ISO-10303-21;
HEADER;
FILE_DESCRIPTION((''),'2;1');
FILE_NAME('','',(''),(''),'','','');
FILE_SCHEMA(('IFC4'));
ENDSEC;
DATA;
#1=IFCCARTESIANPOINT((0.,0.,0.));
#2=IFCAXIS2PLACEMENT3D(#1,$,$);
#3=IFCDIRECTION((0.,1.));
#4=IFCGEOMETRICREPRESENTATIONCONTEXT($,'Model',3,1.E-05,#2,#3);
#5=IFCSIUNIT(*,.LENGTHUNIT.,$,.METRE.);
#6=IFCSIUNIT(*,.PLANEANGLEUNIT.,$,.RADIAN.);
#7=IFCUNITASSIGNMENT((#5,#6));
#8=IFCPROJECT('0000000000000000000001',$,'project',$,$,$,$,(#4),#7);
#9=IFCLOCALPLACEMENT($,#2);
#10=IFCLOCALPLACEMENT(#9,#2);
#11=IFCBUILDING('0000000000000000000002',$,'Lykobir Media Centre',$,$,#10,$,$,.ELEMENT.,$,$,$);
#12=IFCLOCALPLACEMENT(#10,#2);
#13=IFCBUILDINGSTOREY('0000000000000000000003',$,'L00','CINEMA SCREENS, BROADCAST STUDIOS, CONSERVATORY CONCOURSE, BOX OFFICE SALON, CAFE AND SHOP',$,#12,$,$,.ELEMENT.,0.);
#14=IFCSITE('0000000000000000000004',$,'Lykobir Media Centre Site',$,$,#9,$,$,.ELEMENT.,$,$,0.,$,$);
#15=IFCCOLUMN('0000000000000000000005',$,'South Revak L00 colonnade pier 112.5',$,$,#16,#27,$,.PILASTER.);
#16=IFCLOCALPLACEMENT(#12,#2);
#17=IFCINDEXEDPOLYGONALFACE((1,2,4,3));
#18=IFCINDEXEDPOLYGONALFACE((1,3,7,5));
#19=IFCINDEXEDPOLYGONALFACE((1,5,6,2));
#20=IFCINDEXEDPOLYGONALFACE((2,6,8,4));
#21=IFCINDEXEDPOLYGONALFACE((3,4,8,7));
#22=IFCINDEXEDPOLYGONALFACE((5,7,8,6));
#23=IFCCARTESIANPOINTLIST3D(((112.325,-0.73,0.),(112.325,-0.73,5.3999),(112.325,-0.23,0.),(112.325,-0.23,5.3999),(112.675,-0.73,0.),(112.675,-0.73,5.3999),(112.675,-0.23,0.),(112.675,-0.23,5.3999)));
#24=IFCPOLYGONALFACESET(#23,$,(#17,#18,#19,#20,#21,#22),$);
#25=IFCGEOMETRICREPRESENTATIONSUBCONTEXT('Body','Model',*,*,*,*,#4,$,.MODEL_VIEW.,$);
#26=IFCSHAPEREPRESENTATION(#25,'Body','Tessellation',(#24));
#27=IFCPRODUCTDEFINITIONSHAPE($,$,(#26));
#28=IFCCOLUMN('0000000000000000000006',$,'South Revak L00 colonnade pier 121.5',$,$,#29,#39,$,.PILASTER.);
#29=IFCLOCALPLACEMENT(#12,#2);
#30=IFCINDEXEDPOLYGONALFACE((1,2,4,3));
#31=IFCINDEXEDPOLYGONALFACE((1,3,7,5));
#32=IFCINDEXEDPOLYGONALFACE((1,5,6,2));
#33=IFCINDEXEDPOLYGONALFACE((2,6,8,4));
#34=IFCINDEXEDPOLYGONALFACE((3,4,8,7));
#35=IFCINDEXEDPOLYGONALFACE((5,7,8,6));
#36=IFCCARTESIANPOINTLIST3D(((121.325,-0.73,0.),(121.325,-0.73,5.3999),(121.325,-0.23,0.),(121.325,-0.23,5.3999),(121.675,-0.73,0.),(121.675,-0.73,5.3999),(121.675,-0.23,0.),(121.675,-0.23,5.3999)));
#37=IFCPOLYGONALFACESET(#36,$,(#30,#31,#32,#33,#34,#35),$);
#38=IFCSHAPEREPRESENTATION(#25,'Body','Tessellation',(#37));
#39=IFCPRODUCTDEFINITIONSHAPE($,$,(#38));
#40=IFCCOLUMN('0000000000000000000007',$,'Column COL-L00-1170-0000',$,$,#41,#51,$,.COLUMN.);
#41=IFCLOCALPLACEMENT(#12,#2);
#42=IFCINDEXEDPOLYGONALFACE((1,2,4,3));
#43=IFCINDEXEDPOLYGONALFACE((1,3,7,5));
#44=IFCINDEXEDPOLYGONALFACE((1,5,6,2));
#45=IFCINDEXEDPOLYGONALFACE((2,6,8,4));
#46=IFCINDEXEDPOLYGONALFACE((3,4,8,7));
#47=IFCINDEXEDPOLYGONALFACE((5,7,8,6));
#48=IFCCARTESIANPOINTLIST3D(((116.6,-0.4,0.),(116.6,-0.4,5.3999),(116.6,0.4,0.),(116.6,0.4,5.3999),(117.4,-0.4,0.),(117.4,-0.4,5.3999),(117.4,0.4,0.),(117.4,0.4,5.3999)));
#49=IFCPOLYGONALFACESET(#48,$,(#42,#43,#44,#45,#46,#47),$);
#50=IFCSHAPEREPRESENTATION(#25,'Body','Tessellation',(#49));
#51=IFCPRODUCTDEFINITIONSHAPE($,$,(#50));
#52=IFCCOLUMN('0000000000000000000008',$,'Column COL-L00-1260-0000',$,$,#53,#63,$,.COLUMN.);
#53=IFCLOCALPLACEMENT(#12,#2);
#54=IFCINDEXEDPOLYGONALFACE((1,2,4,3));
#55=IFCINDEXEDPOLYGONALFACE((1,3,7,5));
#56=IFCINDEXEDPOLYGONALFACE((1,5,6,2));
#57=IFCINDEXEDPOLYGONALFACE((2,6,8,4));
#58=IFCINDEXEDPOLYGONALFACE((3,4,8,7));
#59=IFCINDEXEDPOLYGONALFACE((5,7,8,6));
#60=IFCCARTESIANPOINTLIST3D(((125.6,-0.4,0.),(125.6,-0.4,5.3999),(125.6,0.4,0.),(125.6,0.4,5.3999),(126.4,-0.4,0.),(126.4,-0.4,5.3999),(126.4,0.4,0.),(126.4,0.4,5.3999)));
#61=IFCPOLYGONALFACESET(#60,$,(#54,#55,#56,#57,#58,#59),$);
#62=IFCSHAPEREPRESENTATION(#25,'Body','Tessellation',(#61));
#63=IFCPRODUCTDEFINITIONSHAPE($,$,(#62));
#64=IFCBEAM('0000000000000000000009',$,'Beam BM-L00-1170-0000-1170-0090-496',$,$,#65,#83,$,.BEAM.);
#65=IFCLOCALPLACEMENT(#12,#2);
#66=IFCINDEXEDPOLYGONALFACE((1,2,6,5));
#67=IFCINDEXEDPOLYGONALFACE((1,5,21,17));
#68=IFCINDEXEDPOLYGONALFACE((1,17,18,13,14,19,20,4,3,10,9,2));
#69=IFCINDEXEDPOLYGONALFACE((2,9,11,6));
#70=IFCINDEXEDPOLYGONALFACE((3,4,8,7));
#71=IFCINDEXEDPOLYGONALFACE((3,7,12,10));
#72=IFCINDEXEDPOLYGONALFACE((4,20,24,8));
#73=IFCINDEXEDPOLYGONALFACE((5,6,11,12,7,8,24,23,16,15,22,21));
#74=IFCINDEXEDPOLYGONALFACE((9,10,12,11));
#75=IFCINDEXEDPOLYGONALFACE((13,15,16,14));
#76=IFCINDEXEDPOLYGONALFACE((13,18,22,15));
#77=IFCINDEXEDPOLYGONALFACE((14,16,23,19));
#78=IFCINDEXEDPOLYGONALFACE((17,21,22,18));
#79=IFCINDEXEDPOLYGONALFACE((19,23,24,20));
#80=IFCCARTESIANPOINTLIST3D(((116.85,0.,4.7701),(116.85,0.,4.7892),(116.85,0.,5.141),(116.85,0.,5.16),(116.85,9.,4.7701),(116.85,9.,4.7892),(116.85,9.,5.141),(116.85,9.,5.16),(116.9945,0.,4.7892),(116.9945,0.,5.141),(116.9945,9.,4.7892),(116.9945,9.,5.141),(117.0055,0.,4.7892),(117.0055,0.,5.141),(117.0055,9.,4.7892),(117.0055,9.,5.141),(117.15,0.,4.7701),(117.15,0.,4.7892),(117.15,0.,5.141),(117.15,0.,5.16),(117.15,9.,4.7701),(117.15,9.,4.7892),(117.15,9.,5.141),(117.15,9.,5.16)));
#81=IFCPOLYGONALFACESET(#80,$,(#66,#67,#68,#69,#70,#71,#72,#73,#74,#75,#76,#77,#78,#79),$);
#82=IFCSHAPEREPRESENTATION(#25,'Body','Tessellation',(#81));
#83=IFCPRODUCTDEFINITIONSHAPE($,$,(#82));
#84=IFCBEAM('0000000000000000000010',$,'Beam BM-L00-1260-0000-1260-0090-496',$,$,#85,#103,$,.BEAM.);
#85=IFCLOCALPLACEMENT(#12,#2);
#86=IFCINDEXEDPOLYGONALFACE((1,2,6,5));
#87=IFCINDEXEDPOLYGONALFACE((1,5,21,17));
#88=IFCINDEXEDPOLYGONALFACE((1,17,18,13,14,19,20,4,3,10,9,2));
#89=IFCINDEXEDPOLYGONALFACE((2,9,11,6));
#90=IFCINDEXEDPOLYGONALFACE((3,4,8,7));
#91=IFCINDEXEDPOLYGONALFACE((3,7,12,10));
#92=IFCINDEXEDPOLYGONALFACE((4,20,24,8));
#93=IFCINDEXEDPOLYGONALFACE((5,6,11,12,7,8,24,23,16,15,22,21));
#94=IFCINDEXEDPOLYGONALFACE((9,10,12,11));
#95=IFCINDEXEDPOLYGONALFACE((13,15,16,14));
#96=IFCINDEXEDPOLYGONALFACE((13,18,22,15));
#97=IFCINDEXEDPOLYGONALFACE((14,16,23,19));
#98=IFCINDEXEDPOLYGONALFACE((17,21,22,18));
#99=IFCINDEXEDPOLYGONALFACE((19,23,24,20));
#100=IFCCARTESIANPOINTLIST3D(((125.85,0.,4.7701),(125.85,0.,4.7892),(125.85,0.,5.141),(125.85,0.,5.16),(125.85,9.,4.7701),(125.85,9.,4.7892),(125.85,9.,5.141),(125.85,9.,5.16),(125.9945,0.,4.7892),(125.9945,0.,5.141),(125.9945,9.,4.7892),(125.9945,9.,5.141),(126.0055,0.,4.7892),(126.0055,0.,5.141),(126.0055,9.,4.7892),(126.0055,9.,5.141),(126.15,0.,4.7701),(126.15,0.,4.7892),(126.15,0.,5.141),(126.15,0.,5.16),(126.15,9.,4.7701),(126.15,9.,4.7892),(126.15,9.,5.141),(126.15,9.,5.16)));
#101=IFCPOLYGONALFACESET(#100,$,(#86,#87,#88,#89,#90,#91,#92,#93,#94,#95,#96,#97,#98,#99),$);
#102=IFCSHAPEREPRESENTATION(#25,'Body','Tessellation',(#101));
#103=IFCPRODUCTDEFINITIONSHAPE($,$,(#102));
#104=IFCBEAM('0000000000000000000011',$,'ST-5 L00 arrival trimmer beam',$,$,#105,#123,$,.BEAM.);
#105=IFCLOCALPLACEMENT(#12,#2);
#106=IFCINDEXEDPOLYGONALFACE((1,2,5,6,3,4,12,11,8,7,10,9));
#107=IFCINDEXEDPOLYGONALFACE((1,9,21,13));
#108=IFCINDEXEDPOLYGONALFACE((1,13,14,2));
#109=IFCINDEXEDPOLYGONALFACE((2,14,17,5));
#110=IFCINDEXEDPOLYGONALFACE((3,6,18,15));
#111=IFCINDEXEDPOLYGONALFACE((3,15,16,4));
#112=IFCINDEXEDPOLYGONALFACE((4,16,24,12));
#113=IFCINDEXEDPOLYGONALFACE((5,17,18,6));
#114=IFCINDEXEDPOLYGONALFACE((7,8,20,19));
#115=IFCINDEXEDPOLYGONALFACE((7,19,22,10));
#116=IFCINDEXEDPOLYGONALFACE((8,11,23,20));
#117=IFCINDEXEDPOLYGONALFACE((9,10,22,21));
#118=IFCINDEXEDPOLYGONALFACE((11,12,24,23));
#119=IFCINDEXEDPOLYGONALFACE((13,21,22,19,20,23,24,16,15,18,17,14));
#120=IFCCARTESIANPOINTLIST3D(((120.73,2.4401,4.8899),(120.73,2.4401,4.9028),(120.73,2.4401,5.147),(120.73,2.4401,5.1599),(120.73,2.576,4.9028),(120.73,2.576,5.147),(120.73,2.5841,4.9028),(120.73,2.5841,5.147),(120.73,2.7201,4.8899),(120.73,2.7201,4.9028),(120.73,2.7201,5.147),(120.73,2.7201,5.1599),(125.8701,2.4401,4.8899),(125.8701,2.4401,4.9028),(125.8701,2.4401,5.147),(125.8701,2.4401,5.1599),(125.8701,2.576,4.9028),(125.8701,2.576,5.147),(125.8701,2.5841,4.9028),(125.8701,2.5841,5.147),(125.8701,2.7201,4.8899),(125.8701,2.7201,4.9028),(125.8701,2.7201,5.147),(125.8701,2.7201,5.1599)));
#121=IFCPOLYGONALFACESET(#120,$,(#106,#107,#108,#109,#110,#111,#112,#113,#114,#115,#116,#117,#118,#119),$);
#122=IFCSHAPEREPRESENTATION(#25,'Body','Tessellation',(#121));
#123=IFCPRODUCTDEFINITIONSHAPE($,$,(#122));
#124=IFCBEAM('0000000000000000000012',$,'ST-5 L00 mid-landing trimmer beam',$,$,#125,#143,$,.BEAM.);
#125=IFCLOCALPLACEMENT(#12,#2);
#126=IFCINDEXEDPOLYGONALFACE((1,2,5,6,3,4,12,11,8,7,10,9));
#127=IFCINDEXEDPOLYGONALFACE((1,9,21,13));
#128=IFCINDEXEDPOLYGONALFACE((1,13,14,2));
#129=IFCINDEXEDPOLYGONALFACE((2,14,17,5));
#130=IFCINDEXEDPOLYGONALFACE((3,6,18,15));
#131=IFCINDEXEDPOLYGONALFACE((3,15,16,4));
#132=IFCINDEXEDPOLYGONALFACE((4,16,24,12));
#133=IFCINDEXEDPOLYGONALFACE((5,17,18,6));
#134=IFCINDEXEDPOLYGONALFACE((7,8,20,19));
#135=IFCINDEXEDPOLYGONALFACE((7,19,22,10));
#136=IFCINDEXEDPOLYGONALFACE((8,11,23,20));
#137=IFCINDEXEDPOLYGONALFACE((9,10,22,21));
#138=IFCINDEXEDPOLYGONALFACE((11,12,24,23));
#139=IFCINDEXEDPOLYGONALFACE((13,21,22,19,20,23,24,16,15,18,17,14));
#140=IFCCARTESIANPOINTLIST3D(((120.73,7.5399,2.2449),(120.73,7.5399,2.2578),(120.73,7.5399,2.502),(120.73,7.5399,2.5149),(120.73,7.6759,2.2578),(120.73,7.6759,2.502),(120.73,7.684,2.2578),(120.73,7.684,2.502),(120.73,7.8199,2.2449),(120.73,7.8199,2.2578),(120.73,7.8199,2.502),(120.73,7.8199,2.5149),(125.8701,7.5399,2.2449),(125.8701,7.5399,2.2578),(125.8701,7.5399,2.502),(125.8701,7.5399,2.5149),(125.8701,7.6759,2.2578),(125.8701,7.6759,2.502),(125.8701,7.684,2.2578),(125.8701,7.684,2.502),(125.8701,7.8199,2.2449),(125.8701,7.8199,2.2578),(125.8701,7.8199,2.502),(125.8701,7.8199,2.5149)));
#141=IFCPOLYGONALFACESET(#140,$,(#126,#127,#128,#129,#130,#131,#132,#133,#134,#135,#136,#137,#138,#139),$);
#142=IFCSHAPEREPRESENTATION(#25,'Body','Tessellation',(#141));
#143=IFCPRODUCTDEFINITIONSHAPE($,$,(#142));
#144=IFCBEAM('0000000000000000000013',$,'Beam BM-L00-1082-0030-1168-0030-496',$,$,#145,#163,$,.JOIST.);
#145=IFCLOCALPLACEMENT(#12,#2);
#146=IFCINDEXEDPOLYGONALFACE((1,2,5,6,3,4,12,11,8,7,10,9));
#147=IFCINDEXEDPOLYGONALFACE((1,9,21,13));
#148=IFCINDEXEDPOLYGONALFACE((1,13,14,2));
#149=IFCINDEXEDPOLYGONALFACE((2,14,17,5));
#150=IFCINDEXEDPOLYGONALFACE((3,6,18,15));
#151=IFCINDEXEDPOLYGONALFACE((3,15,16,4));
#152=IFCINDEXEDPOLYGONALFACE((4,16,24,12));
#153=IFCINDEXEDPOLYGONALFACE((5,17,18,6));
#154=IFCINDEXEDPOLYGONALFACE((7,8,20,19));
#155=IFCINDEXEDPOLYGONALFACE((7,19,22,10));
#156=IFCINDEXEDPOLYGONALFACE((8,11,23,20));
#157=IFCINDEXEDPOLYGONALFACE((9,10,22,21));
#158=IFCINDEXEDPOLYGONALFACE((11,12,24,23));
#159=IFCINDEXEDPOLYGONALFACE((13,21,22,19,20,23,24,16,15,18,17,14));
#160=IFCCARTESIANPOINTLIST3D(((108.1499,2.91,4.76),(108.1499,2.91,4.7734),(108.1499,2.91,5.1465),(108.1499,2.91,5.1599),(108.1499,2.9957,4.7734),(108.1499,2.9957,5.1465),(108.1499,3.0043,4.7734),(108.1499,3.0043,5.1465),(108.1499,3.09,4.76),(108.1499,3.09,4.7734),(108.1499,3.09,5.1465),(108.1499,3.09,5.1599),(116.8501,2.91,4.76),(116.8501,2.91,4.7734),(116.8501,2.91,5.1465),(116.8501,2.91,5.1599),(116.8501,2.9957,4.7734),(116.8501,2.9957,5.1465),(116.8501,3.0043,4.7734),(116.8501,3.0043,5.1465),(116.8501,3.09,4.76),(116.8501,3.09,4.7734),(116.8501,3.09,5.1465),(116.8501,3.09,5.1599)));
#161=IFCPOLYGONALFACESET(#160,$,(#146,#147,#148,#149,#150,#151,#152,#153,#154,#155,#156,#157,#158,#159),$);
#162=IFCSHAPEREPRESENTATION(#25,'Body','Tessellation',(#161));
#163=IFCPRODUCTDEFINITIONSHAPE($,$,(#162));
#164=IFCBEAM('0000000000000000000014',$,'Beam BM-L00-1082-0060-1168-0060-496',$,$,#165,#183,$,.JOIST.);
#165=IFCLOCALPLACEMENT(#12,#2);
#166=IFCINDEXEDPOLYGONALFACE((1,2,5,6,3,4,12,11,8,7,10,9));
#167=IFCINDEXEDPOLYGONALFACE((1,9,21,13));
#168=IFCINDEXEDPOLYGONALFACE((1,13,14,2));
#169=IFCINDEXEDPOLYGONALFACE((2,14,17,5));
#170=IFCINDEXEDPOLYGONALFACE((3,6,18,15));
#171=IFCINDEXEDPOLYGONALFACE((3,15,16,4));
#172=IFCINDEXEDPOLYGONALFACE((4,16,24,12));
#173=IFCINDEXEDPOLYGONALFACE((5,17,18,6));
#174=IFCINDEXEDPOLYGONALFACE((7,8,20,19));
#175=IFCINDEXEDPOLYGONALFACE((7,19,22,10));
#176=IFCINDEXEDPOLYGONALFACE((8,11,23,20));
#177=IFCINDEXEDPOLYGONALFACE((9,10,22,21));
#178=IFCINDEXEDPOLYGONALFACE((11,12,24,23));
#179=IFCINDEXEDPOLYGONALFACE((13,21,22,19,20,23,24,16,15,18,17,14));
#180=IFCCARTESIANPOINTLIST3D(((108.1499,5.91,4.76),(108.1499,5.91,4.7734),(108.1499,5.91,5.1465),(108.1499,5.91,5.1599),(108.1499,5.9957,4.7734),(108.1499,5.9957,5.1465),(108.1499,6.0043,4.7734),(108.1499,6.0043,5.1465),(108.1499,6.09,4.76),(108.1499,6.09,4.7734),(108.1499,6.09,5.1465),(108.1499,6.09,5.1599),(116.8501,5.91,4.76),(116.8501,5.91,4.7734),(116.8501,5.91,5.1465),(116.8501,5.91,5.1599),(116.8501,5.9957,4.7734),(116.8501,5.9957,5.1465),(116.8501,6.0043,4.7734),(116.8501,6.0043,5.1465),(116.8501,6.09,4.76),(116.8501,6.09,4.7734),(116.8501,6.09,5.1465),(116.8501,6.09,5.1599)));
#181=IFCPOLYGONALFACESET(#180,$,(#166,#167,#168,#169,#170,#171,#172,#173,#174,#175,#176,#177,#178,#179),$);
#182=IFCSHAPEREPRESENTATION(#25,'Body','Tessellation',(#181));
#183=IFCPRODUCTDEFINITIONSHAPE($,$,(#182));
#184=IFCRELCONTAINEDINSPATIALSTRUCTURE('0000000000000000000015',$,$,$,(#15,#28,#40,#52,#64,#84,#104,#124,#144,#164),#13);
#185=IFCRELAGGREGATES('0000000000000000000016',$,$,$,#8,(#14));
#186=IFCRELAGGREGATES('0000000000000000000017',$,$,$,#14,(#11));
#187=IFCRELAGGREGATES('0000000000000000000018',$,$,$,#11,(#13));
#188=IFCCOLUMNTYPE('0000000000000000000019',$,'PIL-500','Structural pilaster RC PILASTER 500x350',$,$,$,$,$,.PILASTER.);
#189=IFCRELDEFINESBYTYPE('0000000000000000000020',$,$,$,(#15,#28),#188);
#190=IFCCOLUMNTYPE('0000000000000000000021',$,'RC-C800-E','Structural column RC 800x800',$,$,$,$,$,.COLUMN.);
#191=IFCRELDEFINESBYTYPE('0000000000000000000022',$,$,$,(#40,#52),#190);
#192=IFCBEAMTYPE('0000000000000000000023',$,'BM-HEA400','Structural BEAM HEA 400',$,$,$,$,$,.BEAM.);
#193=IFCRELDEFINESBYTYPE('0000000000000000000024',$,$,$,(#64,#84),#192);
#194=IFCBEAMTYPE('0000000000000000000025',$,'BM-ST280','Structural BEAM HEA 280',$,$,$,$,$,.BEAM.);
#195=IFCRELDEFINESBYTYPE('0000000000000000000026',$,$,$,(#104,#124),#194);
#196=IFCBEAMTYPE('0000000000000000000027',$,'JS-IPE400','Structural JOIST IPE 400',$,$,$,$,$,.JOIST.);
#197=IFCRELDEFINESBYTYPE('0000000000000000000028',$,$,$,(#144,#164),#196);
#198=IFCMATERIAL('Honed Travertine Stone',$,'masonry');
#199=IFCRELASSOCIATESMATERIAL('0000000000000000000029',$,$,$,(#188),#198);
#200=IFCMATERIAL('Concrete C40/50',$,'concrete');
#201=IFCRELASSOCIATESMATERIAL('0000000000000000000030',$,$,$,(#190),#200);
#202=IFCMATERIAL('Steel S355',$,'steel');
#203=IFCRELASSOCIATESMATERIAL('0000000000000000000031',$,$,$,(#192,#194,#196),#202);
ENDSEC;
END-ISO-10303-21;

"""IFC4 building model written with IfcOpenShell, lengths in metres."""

from ifc_helpers import new_model, si_unit, direction, frame, origin, origin_2d, place, context, subcontext, project, spatial, rectangle, i_section, extrude, material, material_profile, profile_set, type_object, element, save


model = new_model("IFC4")

# Units and contexts
model_context = context("Model", 3, precision=1e-05, world=origin(), true_north=direction((0.0, 1.0)))
body_context = subcontext(model_context, "Body", "Model", "MODEL_VIEW")
ifc_project = project(units=[si_unit("LENGTHUNIT", "METRE"), si_unit("PLANEANGLEUNIT", "RADIAN")], contexts=[model_context])

# Site, building, storey
site_placement = place(None, origin())
site = spatial("IfcSite", under=ifc_project, at=site_placement, Name="Lykobir Media Centre Site", CompositionType="ELEMENT", RefElevation=0.0)
building_placement = place(site_placement, origin())
building = spatial("IfcBuilding", under=site, at=building_placement, Name="Lykobir Media Centre", CompositionType="ELEMENT")
storey_placement = place(building_placement, origin())
storey = spatial("IfcBuildingStorey", under=building, at=storey_placement, Name="L00", Description="CINEMA SCREENS, BROADCAST STUDIOS, CONSERVATORY CONCOURSE, BOX OFFICE SALON, CAFE AND SHOP", CompositionType="ELEMENT", Elevation=0.0)

# Columns
ifc_material_1 = material(Name="Honed Travertine Stone", Category="masonry")
ifc_material_profile_1 = material_profile(ifc_material_1, rectangle(XDim=0.3501, YDim=0.5, at=origin_2d()), Name="RC PILASTER 500x350")
ifc_profile_set_1 = profile_set([ifc_material_profile_1], Name="Honed Travertine Stone")
column_type_1 = type_object("IfcColumnType", Name="PIL-500", Description="Structural pilaster RC PILASTER 500x350", PredefinedType="PILASTER", material=ifc_profile_set_1)
for number, where, z_axis, x_axis, name in (
    (1, (112.5, -0.48, 0.0), (0.0, 0.0, 1.0), (1.0, 0.0, 0.0), "South Revak L00 colonnade pier 112.5"),
    (2, (121.5, -0.48, 0.0), (0.0, 0.0, 1.0), (1.0, 0.0, 0.0), "South Revak L00 colonnade pier 121.5"),
):
    element("IfcColumn", number, at=place(storey_placement, frame(where, z_axis=z_axis, x_axis=x_axis)), inside=storey, type_object=column_type_1, Name=name, PredefinedType="PILASTER", context=body_context, shape_type="SweptSolid", body=[
        extrude(rectangle(XDim=0.3501, YDim=0.5, at=origin_2d()), origin(), (0.0, 0.0, 1.0), 5.3999),
    ])
ifc_material_2 = material(Name="Concrete C40/50", Category="concrete")
ifc_material_profile_2 = material_profile(ifc_material_2, rectangle(XDim=0.8, YDim=0.8, at=origin_2d()), Name="RC 800x800")
ifc_profile_set_2 = profile_set([ifc_material_profile_2], Name="Concrete C40/50")
column_type_2 = type_object("IfcColumnType", Name="RC-C800-E", Description="Structural column RC 800x800", PredefinedType="COLUMN", material=ifc_profile_set_2)
for number, where, z_axis, x_axis, name in (
    (3, (117.0, 0.0, 0.0), (0.0, 0.0, 1.0), (1.0, 0.0, 0.0), "Column COL-L00-1170-0000"),
    (4, (126.0, 0.0, 0.0), (0.0, 0.0, 1.0), (1.0, 0.0, 0.0), "Column COL-L00-1260-0000"),
):
    element("IfcColumn", number, at=place(storey_placement, frame(where, z_axis=z_axis, x_axis=x_axis)), inside=storey, type_object=column_type_2, Name=name, PredefinedType="COLUMN", context=body_context, shape_type="SweptSolid", body=[
        extrude(rectangle(XDim=0.8, YDim=0.8, at=origin_2d()), origin(), (0.0, 0.0, 1.0), 5.3999),
    ])

# Beams
ifc_material_3 = material(Name="Steel S355", Category="steel")
ifc_material_profile_3 = material_profile(ifc_material_3, i_section(OverallWidth=0.3, OverallDepth=0.3899, WebThickness=0.011, FlangeThickness=0.019, at=origin_2d()), Name="HEA 400")
ifc_profile_set_3 = profile_set([ifc_material_profile_3], Name="Steel S355")
beam_type_1 = type_object("IfcBeamType", Name="BM-HEA400", Description="Structural BEAM HEA 400", PredefinedType="BEAM", material=ifc_profile_set_3)
for number, where, z_axis, x_axis, name in (
    (5, (117.0, 0.0, 4.9651), (0.0, 1.0, 0.0), (-1.0, 0.0, 0.0), "Beam BM-L00-1170-0000-1170-0090-496"),
    (6, (126.0, 0.0, 4.9651), (0.0, 1.0, 0.0), (-1.0, 0.0, 0.0), "Beam BM-L00-1260-0000-1260-0090-496"),
):
    element("IfcBeam", number, at=place(storey_placement, frame(where, z_axis=z_axis, x_axis=x_axis)), inside=storey, type_object=beam_type_1, Name=name, PredefinedType="BEAM", context=body_context, shape_type="SweptSolid", body=[
        extrude(i_section(OverallWidth=0.3, OverallDepth=0.3899, WebThickness=0.011, FlangeThickness=0.019, at=origin_2d()), origin(), (0.0, 0.0, 1.0), 9.0),
    ])
ifc_material_profile_4 = material_profile(ifc_material_3, i_section(OverallWidth=0.28, OverallDepth=0.27, WebThickness=0.0081, FlangeThickness=0.0129, at=origin_2d()), Name="HEA 280")
ifc_profile_set_4 = profile_set([ifc_material_profile_4], Name="Steel S355")
beam_type_2 = type_object("IfcBeamType", Name="BM-ST280", Description="Structural BEAM HEA 280", PredefinedType="BEAM", material=ifc_profile_set_4)
for number, where, z_axis, x_axis, name in (
    (7, (120.73, 2.5801, 5.0249), (1.0, 0.0, 0.0), (0.0, 1.0, 0.0), "ST-5 L00 arrival trimmer beam"),
    (8, (120.73, 7.6799, 2.3799), (1.0, 0.0, 0.0), (0.0, 1.0, 0.0), "ST-5 L00 mid-landing trimmer beam"),
):
    element("IfcBeam", number, at=place(storey_placement, frame(where, z_axis=z_axis, x_axis=x_axis)), inside=storey, type_object=beam_type_2, Name=name, PredefinedType="BEAM", context=body_context, shape_type="SweptSolid", body=[
        extrude(i_section(OverallWidth=0.28, OverallDepth=0.27, WebThickness=0.0081, FlangeThickness=0.0129, at=origin_2d()), origin(), (0.0, 0.0, 1.0), 5.1401),
    ])
ifc_material_profile_5 = material_profile(ifc_material_3, i_section(OverallWidth=0.1799, OverallDepth=0.3999, WebThickness=0.0085, FlangeThickness=0.0134, at=origin_2d()), Name="IPE 400")
ifc_profile_set_5 = profile_set([ifc_material_profile_5], Name="Steel S355")
beam_type_3 = type_object("IfcBeamType", Name="JS-IPE400", Description="Structural JOIST IPE 400", PredefinedType="JOIST", material=ifc_profile_set_5)
for number, where, z_axis, x_axis, name in (
    (9, (108.1499, 3.0, 4.96), (1.0, 0.0, 0.0), (0.0, 1.0, 0.0), "Beam BM-L00-1082-0030-1168-0030-496"),
    (10, (108.1499, 6.0, 4.96), (1.0, 0.0, 0.0), (0.0, 1.0, 0.0), "Beam BM-L00-1082-0060-1168-0060-496"),
):
    element("IfcBeam", number, at=place(storey_placement, frame(where, z_axis=z_axis, x_axis=x_axis)), inside=storey, type_object=beam_type_3, Name=name, PredefinedType="JOIST", context=body_context, shape_type="SweptSolid", body=[
        extrude(i_section(OverallWidth=0.1799, OverallDepth=0.3999, WebThickness=0.0085, FlangeThickness=0.0134, at=origin_2d()), origin(), (0.0, 0.0, 1.0), 8.7002),
    ])

save(model, "model.ifc")
